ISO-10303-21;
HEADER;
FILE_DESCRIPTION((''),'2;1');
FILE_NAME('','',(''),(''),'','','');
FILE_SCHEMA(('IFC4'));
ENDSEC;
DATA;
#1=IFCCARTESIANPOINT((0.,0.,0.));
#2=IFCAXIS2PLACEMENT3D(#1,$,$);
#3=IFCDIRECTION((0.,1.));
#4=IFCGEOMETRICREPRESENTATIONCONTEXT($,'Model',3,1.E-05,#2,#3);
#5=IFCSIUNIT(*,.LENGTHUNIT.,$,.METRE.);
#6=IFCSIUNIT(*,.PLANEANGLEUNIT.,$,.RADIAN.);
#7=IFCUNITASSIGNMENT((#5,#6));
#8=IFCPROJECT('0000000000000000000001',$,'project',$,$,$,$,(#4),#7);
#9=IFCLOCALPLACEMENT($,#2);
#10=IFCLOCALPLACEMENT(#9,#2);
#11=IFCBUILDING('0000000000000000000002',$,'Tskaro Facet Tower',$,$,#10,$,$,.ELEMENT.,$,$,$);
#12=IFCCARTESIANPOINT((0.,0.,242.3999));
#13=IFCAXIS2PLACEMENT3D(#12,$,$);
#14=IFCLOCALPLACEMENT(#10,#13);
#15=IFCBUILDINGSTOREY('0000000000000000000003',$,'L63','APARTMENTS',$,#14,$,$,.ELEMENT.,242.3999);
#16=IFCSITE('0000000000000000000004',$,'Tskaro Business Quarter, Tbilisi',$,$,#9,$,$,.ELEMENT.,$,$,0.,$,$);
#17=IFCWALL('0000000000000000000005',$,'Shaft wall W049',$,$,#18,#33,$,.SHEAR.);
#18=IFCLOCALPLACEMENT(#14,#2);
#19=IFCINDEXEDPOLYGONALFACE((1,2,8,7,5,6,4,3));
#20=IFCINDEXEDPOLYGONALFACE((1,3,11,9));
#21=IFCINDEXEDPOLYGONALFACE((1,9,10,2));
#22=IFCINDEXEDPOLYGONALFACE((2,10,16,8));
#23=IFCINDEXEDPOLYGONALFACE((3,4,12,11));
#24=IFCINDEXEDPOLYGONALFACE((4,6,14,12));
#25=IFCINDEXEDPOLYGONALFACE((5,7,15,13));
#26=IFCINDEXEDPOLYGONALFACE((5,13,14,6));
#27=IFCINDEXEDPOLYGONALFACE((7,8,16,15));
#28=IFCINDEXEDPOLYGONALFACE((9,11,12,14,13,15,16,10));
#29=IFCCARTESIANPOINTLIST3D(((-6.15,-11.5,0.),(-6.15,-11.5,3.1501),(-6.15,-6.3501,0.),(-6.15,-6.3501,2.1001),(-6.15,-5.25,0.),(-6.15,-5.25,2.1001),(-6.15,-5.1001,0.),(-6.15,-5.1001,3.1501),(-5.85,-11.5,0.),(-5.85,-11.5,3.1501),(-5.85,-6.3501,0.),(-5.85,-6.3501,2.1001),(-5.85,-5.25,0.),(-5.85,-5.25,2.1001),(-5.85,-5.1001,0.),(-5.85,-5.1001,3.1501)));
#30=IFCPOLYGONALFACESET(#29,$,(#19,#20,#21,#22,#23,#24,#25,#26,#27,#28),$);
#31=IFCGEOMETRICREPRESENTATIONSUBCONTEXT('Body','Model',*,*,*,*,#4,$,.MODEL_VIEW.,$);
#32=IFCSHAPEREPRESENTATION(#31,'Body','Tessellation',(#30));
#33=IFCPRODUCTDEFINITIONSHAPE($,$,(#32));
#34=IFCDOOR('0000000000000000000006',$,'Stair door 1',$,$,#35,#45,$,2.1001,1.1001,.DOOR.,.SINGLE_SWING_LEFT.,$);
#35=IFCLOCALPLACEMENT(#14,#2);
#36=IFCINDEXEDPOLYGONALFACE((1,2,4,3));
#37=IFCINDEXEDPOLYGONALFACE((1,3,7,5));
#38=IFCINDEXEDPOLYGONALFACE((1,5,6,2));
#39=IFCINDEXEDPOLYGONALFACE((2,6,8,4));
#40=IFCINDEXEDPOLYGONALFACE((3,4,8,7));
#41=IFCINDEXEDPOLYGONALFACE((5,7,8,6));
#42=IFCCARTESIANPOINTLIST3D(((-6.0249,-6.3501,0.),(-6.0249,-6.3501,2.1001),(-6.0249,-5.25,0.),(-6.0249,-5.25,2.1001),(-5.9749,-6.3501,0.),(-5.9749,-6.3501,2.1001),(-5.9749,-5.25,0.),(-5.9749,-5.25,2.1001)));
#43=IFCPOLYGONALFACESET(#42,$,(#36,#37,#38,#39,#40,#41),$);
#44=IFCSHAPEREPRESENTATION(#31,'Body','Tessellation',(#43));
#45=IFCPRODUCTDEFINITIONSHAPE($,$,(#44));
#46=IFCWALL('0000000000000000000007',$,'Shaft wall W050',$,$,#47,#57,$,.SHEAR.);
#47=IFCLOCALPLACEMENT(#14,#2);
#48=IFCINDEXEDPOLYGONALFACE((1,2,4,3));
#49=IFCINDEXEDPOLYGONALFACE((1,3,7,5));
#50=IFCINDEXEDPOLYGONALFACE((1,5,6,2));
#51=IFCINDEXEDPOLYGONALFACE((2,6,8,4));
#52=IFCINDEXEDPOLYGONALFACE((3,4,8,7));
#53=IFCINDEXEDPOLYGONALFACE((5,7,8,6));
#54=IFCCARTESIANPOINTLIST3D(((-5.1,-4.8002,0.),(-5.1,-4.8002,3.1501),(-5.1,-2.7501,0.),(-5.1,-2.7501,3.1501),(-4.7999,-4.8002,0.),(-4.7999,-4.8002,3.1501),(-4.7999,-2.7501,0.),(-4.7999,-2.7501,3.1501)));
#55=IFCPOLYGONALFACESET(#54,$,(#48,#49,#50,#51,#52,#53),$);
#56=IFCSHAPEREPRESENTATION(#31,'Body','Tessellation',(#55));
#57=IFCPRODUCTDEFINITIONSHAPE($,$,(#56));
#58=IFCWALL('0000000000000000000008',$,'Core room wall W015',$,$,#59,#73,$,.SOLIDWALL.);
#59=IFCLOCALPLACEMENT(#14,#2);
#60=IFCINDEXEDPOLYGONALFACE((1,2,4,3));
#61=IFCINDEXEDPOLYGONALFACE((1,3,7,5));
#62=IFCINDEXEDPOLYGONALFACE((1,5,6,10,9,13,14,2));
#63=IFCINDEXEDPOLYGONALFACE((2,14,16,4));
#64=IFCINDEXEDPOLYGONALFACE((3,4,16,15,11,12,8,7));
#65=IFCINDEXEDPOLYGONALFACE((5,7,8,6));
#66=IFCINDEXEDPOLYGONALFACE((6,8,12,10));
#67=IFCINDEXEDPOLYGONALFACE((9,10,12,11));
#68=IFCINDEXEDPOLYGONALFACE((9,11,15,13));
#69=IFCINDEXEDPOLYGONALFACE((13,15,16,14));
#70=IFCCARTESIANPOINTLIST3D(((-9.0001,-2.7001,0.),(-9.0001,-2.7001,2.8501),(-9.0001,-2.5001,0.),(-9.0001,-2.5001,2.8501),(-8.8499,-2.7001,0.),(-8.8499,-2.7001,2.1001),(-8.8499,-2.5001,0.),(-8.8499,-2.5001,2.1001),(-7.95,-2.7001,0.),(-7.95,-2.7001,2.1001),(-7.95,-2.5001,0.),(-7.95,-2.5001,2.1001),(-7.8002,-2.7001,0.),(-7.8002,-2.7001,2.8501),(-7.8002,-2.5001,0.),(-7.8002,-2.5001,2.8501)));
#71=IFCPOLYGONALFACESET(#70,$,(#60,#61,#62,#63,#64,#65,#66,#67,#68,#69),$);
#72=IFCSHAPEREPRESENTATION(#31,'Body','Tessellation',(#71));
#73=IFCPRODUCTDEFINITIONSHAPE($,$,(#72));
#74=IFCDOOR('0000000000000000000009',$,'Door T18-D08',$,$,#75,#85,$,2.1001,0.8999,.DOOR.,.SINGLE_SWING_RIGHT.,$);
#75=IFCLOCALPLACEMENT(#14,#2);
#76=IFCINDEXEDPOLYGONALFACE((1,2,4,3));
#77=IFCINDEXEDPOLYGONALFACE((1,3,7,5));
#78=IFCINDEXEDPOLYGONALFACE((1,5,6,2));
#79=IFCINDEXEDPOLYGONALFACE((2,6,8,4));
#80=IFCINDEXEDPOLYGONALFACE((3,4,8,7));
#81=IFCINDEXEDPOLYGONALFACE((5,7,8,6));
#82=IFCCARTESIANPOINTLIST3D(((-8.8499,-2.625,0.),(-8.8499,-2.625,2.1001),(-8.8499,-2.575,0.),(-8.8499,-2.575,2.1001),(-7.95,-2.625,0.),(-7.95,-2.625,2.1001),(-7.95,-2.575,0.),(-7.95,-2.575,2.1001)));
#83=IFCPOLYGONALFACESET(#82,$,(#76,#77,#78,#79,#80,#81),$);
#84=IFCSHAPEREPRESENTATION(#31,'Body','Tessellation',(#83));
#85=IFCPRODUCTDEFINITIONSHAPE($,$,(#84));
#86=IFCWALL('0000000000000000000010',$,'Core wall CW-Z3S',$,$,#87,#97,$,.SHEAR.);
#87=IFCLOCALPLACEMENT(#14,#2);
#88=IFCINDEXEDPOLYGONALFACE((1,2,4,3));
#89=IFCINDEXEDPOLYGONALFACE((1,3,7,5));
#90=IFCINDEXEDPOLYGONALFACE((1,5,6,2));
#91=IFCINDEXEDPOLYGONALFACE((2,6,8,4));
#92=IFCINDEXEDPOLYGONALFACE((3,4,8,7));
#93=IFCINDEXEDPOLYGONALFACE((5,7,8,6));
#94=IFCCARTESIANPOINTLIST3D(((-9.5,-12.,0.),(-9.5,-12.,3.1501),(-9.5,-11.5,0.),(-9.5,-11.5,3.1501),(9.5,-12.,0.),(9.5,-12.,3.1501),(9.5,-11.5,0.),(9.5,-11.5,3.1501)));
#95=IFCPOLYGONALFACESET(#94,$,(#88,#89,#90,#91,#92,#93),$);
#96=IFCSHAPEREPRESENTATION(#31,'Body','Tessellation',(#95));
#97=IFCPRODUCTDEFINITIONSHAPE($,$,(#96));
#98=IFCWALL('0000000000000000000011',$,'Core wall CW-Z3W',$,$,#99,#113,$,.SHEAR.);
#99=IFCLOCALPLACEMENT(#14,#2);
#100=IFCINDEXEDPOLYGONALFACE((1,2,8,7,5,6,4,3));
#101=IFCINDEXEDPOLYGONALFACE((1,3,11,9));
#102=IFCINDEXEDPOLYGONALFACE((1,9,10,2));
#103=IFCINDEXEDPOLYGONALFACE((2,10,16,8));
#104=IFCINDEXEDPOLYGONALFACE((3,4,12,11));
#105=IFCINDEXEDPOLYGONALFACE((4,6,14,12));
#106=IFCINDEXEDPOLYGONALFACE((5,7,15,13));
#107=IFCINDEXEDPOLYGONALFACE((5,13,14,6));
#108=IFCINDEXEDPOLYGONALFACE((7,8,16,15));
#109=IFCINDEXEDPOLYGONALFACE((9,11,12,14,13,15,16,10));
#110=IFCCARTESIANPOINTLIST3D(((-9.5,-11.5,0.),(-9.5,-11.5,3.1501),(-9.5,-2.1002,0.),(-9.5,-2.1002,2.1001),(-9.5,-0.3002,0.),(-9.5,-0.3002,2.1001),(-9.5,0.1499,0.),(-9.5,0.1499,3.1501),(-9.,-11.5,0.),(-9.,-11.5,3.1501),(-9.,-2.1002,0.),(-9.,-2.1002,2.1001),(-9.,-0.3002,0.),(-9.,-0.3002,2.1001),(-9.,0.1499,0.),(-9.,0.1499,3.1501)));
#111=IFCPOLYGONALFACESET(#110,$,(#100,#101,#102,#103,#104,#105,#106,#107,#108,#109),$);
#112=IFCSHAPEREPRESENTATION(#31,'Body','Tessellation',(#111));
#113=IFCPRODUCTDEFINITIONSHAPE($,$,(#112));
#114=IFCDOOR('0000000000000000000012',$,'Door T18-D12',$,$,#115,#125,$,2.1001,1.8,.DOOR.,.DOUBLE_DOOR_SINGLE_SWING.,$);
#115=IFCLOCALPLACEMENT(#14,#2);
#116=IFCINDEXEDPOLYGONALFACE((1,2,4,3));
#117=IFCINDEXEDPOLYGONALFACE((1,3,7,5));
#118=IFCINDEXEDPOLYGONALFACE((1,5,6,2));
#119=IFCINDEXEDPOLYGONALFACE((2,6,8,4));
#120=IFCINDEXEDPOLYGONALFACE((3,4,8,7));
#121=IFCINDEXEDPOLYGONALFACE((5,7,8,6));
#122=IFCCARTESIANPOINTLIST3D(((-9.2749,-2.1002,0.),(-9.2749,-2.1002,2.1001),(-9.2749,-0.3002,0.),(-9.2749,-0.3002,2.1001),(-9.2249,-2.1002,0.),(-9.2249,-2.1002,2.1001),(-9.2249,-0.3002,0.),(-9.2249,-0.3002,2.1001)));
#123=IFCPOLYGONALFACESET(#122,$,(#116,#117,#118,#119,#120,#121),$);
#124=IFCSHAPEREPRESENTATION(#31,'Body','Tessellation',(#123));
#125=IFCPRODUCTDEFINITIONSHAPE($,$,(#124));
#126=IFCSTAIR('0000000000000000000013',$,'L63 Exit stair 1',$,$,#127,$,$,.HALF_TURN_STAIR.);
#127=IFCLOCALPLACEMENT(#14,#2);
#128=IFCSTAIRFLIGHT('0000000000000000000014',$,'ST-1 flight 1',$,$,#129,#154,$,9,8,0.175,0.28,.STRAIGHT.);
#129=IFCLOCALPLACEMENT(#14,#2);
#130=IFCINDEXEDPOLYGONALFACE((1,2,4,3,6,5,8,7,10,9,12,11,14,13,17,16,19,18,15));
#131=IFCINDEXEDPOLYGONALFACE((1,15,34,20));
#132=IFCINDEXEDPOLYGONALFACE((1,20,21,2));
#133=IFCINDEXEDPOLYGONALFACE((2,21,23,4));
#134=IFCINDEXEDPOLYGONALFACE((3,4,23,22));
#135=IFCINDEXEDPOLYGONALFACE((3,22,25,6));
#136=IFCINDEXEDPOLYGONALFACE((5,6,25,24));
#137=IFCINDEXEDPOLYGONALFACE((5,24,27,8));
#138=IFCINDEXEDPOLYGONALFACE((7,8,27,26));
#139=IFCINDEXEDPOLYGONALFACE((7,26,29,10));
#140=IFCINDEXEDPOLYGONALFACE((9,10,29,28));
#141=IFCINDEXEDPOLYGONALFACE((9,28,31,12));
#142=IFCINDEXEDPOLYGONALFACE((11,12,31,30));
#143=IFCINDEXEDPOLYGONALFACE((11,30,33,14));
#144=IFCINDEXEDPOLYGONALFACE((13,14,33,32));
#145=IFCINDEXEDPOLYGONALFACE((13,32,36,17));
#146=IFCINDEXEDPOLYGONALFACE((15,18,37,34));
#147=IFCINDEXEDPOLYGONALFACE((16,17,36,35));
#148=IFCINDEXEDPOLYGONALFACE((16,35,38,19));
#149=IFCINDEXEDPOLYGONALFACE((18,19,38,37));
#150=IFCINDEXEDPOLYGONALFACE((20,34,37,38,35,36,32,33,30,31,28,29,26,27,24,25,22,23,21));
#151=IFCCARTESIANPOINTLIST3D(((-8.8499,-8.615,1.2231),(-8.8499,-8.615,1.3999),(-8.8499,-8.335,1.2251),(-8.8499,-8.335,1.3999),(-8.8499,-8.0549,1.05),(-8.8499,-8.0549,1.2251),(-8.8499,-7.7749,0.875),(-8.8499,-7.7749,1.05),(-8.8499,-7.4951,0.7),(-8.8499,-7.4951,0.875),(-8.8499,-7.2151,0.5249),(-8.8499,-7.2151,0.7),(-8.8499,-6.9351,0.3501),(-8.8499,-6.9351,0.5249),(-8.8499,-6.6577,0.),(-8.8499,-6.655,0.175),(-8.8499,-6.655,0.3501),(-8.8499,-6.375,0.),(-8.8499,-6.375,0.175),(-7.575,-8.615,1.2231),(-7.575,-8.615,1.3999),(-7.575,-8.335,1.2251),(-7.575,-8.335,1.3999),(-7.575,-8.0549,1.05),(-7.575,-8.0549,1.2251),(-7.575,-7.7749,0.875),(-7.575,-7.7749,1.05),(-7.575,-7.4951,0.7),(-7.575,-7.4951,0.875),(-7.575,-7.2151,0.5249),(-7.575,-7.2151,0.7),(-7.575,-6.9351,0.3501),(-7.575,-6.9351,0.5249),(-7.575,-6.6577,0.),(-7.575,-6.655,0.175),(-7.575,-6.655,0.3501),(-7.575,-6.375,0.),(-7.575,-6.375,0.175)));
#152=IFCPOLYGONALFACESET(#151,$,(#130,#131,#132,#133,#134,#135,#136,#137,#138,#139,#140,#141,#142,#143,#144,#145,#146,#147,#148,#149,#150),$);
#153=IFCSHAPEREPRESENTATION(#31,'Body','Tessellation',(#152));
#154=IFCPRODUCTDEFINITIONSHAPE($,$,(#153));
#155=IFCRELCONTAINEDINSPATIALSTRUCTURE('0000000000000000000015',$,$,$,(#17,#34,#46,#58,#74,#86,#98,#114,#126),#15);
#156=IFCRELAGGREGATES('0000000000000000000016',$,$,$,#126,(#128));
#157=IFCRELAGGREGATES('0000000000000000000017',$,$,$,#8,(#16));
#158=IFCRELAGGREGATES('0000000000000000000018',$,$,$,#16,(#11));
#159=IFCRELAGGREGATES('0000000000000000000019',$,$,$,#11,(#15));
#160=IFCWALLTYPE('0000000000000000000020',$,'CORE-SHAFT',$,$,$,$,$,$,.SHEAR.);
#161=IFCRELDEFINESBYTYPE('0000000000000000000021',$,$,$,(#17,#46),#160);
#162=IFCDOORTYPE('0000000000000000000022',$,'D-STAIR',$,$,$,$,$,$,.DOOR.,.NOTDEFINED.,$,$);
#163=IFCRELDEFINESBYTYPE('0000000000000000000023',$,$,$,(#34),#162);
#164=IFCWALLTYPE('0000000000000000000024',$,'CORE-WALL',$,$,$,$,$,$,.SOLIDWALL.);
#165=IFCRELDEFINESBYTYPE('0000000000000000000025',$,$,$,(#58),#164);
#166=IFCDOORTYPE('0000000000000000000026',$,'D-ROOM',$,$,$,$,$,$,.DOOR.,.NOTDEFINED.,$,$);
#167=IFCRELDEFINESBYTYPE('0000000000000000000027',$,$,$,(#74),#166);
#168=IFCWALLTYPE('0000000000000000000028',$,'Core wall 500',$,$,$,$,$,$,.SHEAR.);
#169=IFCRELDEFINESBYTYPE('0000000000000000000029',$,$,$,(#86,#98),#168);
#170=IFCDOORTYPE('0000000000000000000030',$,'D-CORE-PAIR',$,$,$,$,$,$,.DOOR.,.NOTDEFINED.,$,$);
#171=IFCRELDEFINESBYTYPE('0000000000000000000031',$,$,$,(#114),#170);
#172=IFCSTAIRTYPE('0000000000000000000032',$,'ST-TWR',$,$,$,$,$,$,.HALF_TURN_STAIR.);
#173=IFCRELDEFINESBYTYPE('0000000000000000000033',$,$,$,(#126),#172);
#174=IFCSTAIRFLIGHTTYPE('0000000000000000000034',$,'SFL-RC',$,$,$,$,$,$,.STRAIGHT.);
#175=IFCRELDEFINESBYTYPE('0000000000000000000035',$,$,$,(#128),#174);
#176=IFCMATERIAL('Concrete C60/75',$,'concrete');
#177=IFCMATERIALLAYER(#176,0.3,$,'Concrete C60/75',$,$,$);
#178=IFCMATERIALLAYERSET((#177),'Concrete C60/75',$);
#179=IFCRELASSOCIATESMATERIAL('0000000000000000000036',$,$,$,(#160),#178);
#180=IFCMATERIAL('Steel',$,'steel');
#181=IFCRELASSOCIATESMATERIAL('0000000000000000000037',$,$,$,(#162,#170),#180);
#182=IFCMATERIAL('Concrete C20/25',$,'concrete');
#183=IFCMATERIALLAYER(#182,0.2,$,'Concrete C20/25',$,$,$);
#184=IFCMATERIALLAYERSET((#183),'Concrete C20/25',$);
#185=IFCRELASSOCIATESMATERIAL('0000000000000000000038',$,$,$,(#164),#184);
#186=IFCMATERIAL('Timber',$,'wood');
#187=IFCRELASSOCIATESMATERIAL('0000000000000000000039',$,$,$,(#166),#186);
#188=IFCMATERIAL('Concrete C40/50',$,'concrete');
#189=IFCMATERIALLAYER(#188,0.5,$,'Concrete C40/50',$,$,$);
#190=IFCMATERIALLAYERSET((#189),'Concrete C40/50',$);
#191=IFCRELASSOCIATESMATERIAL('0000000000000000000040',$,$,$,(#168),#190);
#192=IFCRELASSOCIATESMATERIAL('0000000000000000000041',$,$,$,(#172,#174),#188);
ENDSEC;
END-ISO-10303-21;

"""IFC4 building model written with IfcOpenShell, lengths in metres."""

from ifc_helpers import new_model, si_unit, direction, frame, frame_2d, origin, place, context, subcontext, project, spatial, polyline, rectangle, outline, extrude, material, layer, layer_set, type_object, element, fill, aggregate, save


model = new_model("IFC4")

# Units and contexts
model_context = context("Model", 3, precision=1e-05, world=origin(), true_north=direction((0.0, 1.0)))
body_context = subcontext(model_context, "Body", "Model", "MODEL_VIEW")
ifc_project = project(units=[si_unit("LENGTHUNIT", "METRE"), si_unit("PLANEANGLEUNIT", "RADIAN")], contexts=[model_context])

# Site, building, storey
site_placement = place(None, origin())
site = spatial("IfcSite", under=ifc_project, at=site_placement, Name="Tskaro Business Quarter, Tbilisi", CompositionType="ELEMENT", RefElevation=0.0)
building_placement = place(site_placement, origin())
building = spatial("IfcBuilding", under=site, at=building_placement, Name="Tskaro Facet Tower", CompositionType="ELEMENT")
storey_placement = place(building_placement, frame((0.0, 0.0, 242.3999)))
storey = spatial("IfcBuildingStorey", under=building, at=storey_placement, Name="L63", Description="APARTMENTS", CompositionType="ELEMENT", Elevation=242.3999)

# Shared definitions
ifc_material_1 = material(Name="Concrete C60/75", Category="concrete")
ifc_layer_1 = layer(ifc_material_1, 0.3, Name="Concrete C60/75")
ifc_layer_set_1 = layer_set([ifc_layer_1], Name="Concrete C60/75")
wall_type_1 = type_object("IfcWallType", Name="CORE-SHAFT", PredefinedType="SHEAR", material=ifc_layer_set_1)

# Wall, opening, door
wall_1_placement = place(storey_placement, frame((-6.0, -11.5, 0.0), z_axis=(0.0, 0.0, 1.0), x_axis=(0.0, 1.0, 0.0)))
wall_1 = element("IfcWall", 1, at=wall_1_placement, inside=storey, type_object=wall_type_1, Name="Shaft wall W049", PredefinedType="SHEAR", context=body_context, shape_type="SweptSolid", body=[
    extrude(rectangle(XDim=6.3999, YDim=0.3, at=frame_2d((3.2, 0.0))), origin(), (0.0, 0.0, 1.0), 3.1501),
])
opening_1_placement = place(wall_1_placement, frame((5.1499, 0.0, 0.0)))
opening_1 = element("IfcOpeningElement", 2, at=opening_1_placement, cuts=wall_1, PredefinedType="OPENING", context=body_context, shape_type="SweptSolid", body=[
    extrude(rectangle(XDim=1.1001, YDim=2.1001, at=frame_2d((0.55, 1.05))), frame((0.0, 0.1599, 0.0), z_axis=(0.0, -1.0, 0.0), x_axis=(1.0, 0.0, 0.0)), (0.0, 0.0, 1.0), 0.3201),
])
ifc_material_2 = material(Name="Steel", Category="steel")
door_type_1 = type_object("IfcDoorType", Name="D-STAIR", OperationType="NOTDEFINED", PredefinedType="DOOR", material=ifc_material_2)
door_1_placement = place(opening_1_placement, origin())
door_1 = element("IfcDoor", 3, at=door_1_placement, inside=storey, type_object=door_type_1, Name="Stair door 1", OperationType="SINGLE_SWING_LEFT", OverallHeight=2.1001, OverallWidth=1.1001, PredefinedType="DOOR", context=body_context, shape_type="SweptSolid", body=[
    extrude(rectangle(XDim=1.1001, YDim=2.1001, at=frame_2d((0.55, 1.05))), frame((0.0, 0.0249, 0.0), z_axis=(0.0, -1.0, 0.0), x_axis=(1.0, 0.0, 0.0)), (0.0, 0.0, 1.0), 0.05),
])
fill(opening_1, door_1)

# Wall
wall_2_placement = place(storey_placement, frame((-4.95, -4.8, 0.0), z_axis=(0.0, 0.0, 1.0), x_axis=(0.0, 1.0, 0.0)))
element("IfcWall", 4, at=wall_2_placement, inside=storey, type_object=wall_type_1, Name="Shaft wall W050", PredefinedType="SHEAR", context=body_context, shape_type="SweptSolid", body=[
    extrude(rectangle(XDim=2.05, YDim=0.3, at=frame_2d((1.0249, 0.0))), origin(), (0.0, 0.0, 1.0), 3.1501),
])

# Wall, opening, door
ifc_material_3 = material(Name="Concrete C20/25", Category="concrete")
ifc_layer_2 = layer(ifc_material_3, 0.2, Name="Concrete C20/25")
ifc_layer_set_2 = layer_set([ifc_layer_2], Name="Concrete C20/25")
wall_type_2 = type_object("IfcWallType", Name="CORE-WALL", PredefinedType="SOLIDWALL", material=ifc_layer_set_2)
wall_3_placement = place(storey_placement, frame((-7.8, -2.6001, 0.0), z_axis=(0.0, 0.0, 1.0), x_axis=(-1.0, 0.0, 0.0)))
wall_3 = element("IfcWall", 5, at=wall_3_placement, inside=storey, type_object=wall_type_2, Name="Core room wall W015", PredefinedType="SOLIDWALL", context=body_context, shape_type="SweptSolid", body=[
    extrude(rectangle(XDim=1.2, YDim=0.2, at=frame_2d((0.6001, 0.0))), origin(), (0.0, 0.0, 1.0), 2.8501),
])
opening_2_placement = place(wall_3_placement, frame((0.1499, 0.0, 0.0)))
opening_2 = element("IfcOpeningElement", 6, at=opening_2_placement, cuts=wall_3, PredefinedType="OPENING", context=body_context, shape_type="SweptSolid", body=[
    extrude(rectangle(XDim=0.8999, YDim=2.1001, at=frame_2d((0.45, 1.05))), frame((0.0, 0.1099, 0.0), z_axis=(0.0, -1.0, 0.0), x_axis=(1.0, 0.0, 0.0)), (0.0, 0.0, 1.0), 0.22),
])
ifc_material_4 = material(Name="Timber", Category="wood")
door_type_2 = type_object("IfcDoorType", Name="D-ROOM", OperationType="NOTDEFINED", PredefinedType="DOOR", material=ifc_material_4)
door_2_placement = place(opening_2_placement, origin())
door_2 = element("IfcDoor", 7, at=door_2_placement, inside=storey, type_object=door_type_2, Name="Door T18-D08", OperationType="SINGLE_SWING_RIGHT", OverallHeight=2.1001, OverallWidth=0.8999, PredefinedType="DOOR", context=body_context, shape_type="SweptSolid", body=[
    extrude(rectangle(XDim=0.8999, YDim=2.1001, at=frame_2d((0.45, 1.05))), frame((0.0, 0.0249, 0.0), z_axis=(0.0, -1.0, 0.0), x_axis=(1.0, 0.0, 0.0)), (0.0, 0.0, 1.0), 0.05),
])
fill(opening_2, door_2)

# Wall
ifc_material_5 = material(Name="Concrete C40/50", Category="concrete")
ifc_layer_3 = layer(ifc_material_5, 0.5, Name="Concrete C40/50")
ifc_layer_set_3 = layer_set([ifc_layer_3], Name="Concrete C40/50")
wall_type_3 = type_object("IfcWallType", Name="Core wall 500", PredefinedType="SHEAR", material=ifc_layer_set_3)
wall_4_placement = place(storey_placement, frame((-9.5, -11.75, 0.0), z_axis=(0.0, 0.0, 1.0), x_axis=(1.0, 0.0, 0.0)))
element("IfcWall", 8, at=wall_4_placement, inside=storey, type_object=wall_type_3, Name="Core wall CW-Z3S", PredefinedType="SHEAR", context=body_context, shape_type="SweptSolid", body=[
    extrude(rectangle(XDim=19.0, YDim=0.5, at=frame_2d((9.5, 0.0))), origin(), (0.0, 0.0, 1.0), 3.1501),
])

# Wall, opening, door
wall_5_placement = place(storey_placement, frame((-9.25, -11.5, 0.0), z_axis=(0.0, 0.0, 1.0), x_axis=(0.0, 1.0, 0.0)))
wall_5 = element("IfcWall", 9, at=wall_5_placement, inside=storey, type_object=wall_type_3, Name="Core wall CW-Z3W", PredefinedType="SHEAR", context=body_context, shape_type="SweptSolid", body=[
    extrude(rectangle(XDim=11.6499, YDim=0.5, at=frame_2d((5.825, 0.0))), origin(), (0.0, 0.0, 1.0), 3.1501),
])
opening_3_placement = place(wall_5_placement, frame((9.3999, 0.0, 0.0)))
opening_3 = element("IfcOpeningElement", 10, at=opening_3_placement, cuts=wall_5, PredefinedType="OPENING", context=body_context, shape_type="SweptSolid", body=[
    extrude(rectangle(XDim=1.8, YDim=2.1001, at=frame_2d((0.8999, 1.05))), frame((0.0, 0.26, 0.0), z_axis=(0.0, -1.0, 0.0), x_axis=(1.0, 0.0, 0.0)), (0.0, 0.0, 1.0), 0.52),
])
door_type_3 = type_object("IfcDoorType", Name="D-CORE-PAIR", OperationType="NOTDEFINED", PredefinedType="DOOR", material=ifc_material_2)
door_3_placement = place(opening_3_placement, origin())
door_3 = element("IfcDoor", 11, at=door_3_placement, inside=storey, type_object=door_type_3, Name="Door T18-D12", OperationType="DOUBLE_DOOR_SINGLE_SWING", OverallHeight=2.1001, OverallWidth=1.8, PredefinedType="DOOR", context=body_context, shape_type="SweptSolid", body=[
    extrude(rectangle(XDim=1.8, YDim=2.1001, at=frame_2d((0.8999, 1.05))), frame((0.0, 0.0249, 0.0), z_axis=(0.0, -1.0, 0.0), x_axis=(1.0, 0.0, 0.0)), (0.0, 0.0, 1.0), 0.05),
])
fill(opening_3, door_3)

# Stair, stair flight
stair_type = type_object("IfcStairType", Name="ST-TWR", PredefinedType="HALF_TURN_STAIR", material=ifc_material_5)
stair_placement = place(storey_placement, origin())
stair = element("IfcStair", 12, at=stair_placement, inside=storey, type_object=stair_type, Name="L63 Exit stair 1", PredefinedType="HALF_TURN_STAIR")
stair_flight_type = type_object("IfcStairFlightType", Name="SFL-RC", PredefinedType="STRAIGHT", material=ifc_material_5)
stair_flight_1_placement = place(storey_placement, frame((-8.2124, -6.375, 0.0), z_axis=(0.0, 0.0, 1.0), x_axis=(0.0, -1.0, 0.0)))
stair_flight_1 = element("IfcStairFlight", 13, at=stair_flight_1_placement, type_object=stair_flight_type, Name="ST-1 flight 1", NumberOfRisers=9, NumberOfTreads=8, PredefinedType="STRAIGHT", RiserHeight=0.175, TreadLength=0.28, context=body_context, shape_type="SweptSolid", body=[
    extrude(outline(polyline([(0.0, 0.0), (0.0, 0.175), (0.28, 0.175), (0.28, 0.3501), (0.5601, 0.3501), (0.5601, 0.5249), (0.8401, 0.5249), (0.8401, 0.7), (1.1201, 0.7), (1.1201, 0.875), (1.3999, 0.875), (1.3999, 1.05), (1.6799, 1.05), (1.6799, 1.2251), (1.96, 1.2251), (1.96, 1.3999), (2.24, 1.3999), (2.24, 1.575), (2.24, 1.2231), (0.2827, 0.0), (0.0, 0.0)])), frame((0.0, 0.6375, 0.0), z_axis=(0.0, -1.0, 0.0), x_axis=(1.0, 0.0, 0.0)), (0.0, 0.0, 1.0), 1.2749),
])
aggregate(stair, [stair_flight_1])

save(model, "model.ifc")
